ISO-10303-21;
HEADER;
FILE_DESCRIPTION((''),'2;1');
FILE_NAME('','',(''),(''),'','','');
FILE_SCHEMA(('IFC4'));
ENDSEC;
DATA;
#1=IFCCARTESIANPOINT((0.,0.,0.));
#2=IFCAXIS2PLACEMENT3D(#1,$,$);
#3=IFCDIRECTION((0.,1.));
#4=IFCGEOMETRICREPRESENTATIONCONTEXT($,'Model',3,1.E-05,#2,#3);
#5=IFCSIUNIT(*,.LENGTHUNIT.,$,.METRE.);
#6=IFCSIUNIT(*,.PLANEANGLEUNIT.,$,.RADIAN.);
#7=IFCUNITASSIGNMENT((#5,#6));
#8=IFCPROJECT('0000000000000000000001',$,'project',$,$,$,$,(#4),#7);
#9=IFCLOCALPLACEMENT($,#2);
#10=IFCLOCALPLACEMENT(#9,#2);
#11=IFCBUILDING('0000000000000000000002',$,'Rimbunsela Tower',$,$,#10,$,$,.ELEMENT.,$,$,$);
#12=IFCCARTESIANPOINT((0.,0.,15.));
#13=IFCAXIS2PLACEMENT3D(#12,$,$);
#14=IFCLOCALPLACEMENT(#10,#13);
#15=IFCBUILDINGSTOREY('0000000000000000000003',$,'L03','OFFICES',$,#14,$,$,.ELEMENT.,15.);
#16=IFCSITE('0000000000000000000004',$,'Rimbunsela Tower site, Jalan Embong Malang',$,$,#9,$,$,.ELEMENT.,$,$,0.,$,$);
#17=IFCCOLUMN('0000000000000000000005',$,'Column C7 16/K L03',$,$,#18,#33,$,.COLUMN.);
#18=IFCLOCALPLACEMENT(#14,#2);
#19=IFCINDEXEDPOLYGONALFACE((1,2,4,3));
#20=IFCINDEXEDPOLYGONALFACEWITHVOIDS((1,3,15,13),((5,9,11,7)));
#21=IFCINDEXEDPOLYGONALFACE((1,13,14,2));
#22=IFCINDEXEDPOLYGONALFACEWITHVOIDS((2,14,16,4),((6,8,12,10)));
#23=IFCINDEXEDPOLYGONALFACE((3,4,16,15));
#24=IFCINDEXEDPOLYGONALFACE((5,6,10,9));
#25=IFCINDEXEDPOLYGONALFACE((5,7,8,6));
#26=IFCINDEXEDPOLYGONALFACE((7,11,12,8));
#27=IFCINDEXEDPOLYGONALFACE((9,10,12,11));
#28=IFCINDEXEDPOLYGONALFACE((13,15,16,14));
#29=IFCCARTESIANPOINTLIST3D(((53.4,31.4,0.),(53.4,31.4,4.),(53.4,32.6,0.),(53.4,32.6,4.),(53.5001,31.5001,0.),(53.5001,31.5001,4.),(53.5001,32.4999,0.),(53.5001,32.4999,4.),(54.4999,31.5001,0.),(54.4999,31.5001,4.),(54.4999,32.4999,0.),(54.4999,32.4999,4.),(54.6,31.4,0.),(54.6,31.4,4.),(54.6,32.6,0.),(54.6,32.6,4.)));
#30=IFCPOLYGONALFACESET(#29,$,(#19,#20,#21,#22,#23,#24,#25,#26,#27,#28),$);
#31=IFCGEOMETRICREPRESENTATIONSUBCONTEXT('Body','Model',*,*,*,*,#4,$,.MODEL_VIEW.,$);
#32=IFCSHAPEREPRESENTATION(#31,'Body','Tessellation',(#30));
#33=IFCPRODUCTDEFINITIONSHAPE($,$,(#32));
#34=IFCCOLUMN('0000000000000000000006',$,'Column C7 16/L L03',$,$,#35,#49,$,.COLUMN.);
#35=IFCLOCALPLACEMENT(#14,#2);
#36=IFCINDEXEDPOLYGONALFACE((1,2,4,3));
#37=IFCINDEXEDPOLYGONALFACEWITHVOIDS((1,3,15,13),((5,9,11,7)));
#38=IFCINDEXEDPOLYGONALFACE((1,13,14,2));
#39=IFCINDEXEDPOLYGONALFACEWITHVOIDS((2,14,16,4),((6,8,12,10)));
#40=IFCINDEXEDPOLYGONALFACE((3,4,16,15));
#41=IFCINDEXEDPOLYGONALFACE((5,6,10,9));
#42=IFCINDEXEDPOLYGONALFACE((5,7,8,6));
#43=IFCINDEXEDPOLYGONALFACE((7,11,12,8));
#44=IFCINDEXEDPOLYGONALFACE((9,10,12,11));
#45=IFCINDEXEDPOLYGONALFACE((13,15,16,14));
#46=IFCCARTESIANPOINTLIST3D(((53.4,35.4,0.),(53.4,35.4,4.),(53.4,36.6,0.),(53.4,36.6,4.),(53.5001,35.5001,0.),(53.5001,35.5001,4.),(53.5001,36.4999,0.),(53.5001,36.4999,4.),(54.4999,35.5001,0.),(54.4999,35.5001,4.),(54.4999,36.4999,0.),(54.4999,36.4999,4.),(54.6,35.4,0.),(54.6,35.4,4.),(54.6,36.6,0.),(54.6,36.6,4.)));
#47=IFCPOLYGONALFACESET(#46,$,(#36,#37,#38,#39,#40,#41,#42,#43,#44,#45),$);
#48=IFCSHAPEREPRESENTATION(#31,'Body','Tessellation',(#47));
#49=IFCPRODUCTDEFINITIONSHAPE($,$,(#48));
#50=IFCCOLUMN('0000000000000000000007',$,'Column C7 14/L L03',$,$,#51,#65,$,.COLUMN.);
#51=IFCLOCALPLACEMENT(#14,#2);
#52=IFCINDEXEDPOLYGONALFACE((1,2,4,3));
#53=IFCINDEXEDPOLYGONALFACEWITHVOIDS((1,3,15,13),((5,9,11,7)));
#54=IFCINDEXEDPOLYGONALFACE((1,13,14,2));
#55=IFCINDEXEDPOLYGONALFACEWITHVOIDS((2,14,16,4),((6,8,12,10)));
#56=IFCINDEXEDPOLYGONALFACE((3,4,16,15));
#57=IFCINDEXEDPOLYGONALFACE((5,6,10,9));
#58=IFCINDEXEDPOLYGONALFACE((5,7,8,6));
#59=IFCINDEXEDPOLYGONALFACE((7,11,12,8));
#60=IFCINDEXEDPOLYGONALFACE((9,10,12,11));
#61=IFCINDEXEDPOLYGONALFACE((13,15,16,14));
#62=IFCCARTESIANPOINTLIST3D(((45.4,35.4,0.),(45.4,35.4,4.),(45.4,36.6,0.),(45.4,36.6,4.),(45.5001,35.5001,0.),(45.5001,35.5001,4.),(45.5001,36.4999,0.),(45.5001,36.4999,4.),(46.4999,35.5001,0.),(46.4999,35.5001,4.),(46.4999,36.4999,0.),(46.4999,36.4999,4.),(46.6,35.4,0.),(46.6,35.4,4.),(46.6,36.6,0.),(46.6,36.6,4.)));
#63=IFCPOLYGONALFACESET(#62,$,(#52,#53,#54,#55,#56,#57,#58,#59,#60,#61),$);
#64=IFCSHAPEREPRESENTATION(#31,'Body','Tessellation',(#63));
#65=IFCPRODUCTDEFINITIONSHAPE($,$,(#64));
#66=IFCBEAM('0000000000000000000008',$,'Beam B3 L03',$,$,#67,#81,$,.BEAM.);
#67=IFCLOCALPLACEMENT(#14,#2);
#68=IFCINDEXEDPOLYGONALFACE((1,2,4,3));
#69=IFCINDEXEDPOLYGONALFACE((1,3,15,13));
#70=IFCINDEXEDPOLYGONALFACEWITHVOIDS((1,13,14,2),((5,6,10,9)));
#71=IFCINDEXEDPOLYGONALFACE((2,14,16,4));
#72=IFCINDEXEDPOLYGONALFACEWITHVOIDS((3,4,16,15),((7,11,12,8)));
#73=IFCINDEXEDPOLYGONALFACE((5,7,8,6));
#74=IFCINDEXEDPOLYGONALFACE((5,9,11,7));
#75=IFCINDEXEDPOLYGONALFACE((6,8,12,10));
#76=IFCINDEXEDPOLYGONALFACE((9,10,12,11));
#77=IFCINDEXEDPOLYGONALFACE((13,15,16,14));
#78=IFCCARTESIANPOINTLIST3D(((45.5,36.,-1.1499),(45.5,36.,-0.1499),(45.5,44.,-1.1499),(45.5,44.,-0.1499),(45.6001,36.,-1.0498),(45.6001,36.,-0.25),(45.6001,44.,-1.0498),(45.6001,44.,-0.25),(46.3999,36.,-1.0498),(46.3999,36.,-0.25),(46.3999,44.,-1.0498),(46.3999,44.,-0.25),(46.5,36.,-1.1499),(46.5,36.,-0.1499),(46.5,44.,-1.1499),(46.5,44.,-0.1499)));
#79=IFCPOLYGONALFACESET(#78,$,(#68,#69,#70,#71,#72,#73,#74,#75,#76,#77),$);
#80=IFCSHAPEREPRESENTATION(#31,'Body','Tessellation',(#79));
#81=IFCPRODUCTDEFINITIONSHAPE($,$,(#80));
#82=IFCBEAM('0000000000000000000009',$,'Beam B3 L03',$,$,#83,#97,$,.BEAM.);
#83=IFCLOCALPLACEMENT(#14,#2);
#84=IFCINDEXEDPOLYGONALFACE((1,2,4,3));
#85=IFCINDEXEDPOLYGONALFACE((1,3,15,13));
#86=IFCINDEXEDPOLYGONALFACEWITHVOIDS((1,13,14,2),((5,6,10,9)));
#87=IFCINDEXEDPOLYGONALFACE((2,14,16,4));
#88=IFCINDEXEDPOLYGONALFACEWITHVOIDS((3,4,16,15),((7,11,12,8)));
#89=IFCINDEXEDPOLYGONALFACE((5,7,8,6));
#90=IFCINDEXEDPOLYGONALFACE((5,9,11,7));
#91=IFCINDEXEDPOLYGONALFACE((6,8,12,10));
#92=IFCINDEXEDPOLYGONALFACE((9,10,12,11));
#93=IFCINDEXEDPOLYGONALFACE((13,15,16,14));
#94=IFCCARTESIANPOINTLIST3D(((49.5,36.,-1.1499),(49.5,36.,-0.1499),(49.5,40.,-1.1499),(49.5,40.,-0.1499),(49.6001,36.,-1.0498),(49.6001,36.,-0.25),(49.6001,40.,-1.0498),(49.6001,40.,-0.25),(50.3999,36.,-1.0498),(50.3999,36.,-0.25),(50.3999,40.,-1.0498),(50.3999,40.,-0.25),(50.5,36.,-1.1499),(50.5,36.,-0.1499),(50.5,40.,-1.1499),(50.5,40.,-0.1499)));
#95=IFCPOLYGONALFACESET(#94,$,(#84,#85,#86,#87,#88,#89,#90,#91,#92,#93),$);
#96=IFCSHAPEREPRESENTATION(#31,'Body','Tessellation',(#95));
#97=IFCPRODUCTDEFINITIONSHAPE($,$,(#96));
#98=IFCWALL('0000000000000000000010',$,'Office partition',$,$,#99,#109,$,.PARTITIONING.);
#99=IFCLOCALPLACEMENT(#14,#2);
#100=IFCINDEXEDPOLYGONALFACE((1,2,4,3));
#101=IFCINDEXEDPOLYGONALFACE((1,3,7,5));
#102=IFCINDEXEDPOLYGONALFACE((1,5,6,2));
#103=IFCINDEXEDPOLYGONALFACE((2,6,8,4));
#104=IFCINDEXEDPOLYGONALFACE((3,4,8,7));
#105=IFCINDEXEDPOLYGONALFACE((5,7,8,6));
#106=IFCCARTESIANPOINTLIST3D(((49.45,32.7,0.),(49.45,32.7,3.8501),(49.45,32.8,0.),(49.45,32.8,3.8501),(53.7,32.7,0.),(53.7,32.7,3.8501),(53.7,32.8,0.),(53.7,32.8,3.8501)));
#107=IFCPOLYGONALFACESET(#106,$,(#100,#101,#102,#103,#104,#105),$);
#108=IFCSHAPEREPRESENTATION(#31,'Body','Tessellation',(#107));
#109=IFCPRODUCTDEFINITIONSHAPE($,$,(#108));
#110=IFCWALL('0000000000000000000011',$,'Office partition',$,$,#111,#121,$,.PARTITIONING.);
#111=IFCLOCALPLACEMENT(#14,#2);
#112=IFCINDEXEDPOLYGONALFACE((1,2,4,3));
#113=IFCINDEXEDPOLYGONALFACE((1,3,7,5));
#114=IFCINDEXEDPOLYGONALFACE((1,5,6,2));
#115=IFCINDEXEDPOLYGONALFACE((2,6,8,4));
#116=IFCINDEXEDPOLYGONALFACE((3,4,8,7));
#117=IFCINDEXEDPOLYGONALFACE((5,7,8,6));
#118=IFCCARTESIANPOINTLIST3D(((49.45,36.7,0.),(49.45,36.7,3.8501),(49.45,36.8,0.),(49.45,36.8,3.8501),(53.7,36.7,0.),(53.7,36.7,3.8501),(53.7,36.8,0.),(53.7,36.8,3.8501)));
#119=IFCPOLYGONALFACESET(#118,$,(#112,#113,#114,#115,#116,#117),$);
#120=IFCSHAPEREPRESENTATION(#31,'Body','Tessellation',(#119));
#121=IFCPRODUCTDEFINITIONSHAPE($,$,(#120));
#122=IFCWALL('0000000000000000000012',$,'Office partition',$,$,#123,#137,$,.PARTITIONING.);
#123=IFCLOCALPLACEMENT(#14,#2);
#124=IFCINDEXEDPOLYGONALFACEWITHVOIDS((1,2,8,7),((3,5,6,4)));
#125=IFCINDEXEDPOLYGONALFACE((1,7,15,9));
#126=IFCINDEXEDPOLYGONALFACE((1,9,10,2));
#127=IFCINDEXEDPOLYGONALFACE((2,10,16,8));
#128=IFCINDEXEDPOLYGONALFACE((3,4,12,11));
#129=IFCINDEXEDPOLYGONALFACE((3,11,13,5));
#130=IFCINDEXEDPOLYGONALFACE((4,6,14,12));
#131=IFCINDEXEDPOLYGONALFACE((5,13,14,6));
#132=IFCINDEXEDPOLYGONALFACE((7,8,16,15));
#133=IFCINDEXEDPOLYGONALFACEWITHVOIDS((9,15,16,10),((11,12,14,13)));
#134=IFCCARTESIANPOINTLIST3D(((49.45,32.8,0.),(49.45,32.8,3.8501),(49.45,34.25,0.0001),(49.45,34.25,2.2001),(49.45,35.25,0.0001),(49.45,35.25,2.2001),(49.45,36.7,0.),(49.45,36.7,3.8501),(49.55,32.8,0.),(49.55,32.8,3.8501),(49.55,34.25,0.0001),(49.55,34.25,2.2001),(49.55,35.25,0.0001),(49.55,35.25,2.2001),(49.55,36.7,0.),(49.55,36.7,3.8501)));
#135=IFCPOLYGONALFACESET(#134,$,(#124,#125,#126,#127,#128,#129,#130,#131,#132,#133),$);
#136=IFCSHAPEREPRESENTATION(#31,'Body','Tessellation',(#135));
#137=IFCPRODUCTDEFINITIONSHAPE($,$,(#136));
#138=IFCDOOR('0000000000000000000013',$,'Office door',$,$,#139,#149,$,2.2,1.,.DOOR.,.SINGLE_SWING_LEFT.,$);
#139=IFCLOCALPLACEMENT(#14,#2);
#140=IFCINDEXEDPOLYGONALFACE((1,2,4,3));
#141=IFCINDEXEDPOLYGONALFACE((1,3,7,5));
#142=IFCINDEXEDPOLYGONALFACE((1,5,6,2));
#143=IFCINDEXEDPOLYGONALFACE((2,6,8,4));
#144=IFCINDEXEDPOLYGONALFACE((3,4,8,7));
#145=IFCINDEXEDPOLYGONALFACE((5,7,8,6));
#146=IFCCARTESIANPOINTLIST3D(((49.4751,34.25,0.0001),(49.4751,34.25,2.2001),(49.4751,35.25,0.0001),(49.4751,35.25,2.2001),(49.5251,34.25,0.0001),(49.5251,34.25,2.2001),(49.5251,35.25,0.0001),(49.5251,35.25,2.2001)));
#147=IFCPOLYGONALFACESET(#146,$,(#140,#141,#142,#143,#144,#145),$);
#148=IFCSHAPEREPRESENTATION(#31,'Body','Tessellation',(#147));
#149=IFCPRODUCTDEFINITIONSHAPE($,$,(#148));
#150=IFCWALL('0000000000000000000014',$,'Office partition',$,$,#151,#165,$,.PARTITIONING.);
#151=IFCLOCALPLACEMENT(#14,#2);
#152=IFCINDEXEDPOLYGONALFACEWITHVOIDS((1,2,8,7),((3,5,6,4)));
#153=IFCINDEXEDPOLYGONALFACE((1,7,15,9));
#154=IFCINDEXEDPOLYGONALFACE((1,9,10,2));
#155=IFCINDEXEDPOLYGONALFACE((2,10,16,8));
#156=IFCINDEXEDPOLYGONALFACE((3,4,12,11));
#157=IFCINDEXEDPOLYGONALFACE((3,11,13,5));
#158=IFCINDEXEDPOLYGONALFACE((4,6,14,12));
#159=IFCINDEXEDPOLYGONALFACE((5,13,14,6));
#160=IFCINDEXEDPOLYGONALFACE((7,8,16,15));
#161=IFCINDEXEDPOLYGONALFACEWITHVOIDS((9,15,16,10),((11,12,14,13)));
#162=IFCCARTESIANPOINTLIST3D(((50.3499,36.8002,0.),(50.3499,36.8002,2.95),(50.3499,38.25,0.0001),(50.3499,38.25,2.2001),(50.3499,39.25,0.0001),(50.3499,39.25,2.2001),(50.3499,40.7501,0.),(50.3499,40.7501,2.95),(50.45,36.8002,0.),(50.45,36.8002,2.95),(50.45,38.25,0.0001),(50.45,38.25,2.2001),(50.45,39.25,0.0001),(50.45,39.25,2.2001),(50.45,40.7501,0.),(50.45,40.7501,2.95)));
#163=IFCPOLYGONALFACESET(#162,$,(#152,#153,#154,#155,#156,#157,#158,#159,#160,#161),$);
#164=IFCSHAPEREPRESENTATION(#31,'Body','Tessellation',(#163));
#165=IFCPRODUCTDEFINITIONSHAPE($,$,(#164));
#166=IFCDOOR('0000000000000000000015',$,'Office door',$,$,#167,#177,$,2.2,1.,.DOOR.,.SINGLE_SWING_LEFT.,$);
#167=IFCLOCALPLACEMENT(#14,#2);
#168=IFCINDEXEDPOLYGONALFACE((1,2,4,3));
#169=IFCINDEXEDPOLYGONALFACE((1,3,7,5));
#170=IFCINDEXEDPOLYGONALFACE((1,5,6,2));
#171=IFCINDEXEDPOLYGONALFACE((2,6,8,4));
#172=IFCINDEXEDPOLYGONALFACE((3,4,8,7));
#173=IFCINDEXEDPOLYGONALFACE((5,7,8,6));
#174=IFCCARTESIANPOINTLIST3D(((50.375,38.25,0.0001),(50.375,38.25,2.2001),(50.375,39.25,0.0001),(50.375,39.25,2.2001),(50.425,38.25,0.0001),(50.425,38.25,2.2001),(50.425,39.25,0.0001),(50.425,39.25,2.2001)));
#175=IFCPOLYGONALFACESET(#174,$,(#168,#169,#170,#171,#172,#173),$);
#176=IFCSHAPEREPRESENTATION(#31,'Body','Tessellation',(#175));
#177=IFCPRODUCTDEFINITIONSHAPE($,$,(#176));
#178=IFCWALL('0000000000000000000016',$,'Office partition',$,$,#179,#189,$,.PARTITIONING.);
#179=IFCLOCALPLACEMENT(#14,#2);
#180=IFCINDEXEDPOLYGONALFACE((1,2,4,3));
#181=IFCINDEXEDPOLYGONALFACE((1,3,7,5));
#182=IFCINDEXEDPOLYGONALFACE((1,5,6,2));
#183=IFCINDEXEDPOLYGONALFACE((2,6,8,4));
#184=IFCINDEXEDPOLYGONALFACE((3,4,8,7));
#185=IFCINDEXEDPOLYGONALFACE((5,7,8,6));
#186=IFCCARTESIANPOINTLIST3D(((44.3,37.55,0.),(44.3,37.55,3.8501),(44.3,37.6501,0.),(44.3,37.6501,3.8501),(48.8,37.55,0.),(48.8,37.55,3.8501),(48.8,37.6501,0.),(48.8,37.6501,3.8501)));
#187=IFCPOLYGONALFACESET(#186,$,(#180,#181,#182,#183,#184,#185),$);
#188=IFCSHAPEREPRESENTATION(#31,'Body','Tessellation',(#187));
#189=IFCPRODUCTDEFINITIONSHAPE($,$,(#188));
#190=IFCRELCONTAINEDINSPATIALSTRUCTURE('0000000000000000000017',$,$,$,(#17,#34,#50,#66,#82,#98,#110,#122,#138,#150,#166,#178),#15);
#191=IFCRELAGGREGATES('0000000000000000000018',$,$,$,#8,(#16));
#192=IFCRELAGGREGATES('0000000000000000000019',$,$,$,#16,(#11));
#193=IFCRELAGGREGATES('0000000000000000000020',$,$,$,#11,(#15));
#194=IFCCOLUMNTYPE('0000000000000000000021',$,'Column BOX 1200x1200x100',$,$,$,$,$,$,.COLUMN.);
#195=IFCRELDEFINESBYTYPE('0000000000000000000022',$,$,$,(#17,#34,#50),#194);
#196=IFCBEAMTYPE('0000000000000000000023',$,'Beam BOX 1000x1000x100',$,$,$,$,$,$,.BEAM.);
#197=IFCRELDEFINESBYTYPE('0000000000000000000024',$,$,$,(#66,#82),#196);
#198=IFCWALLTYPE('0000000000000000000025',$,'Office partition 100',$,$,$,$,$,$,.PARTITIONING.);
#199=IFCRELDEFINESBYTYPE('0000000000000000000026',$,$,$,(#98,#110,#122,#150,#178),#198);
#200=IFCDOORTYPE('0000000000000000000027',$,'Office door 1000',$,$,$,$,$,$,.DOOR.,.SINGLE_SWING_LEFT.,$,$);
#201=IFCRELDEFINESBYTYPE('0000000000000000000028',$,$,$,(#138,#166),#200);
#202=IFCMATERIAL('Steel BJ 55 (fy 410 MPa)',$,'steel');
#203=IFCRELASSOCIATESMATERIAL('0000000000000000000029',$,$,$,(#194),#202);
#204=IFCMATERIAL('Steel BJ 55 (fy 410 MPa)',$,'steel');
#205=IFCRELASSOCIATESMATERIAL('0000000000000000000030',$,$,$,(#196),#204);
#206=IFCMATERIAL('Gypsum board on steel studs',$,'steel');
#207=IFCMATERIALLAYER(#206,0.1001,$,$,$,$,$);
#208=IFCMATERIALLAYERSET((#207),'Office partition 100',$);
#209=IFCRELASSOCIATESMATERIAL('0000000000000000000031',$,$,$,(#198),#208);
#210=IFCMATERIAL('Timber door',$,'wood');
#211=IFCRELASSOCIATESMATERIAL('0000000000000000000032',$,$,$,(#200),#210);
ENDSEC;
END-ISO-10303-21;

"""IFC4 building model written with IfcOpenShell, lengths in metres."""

from ifc_helpers import new_model, si_unit, direction, frame, frame_2d, origin, origin_2d, place, context, subcontext, project, spatial, rectangle, hollow_rectangle, extrude, material, layer, layer_set, material_profile, profile_set, type_object, element, fill, save


model = new_model("IFC4")

# Units and contexts
model_context = context("Model", 3, precision=1e-05, world=origin(), true_north=direction((0.0, 1.0)))
body_context = subcontext(model_context, "Body", "Model", "MODEL_VIEW")
ifc_project = project(units=[si_unit("LENGTHUNIT", "METRE"), si_unit("PLANEANGLEUNIT", "RADIAN")], contexts=[model_context])

# Site, building, storey
site_placement = place(None, origin())
site = spatial("IfcSite", under=ifc_project, at=site_placement, Name="Rimbunsela Tower site, Jalan Embong Malang", CompositionType="ELEMENT", RefElevation=0.0)
building_placement = place(site_placement, origin())
building = spatial("IfcBuilding", under=site, at=building_placement, Name="Rimbunsela Tower", CompositionType="ELEMENT")
storey_placement = place(building_placement, frame((0.0, 0.0, 15.0)))
storey = spatial("IfcBuildingStorey", under=building, at=storey_placement, Name="L03", Description="OFFICES", CompositionType="ELEMENT", Elevation=15.0)

# Columns
ifc_material_1 = material(Name="Steel BJ 55 (fy 410 MPa)", Category="steel")
ifc_material_profile_1 = material_profile(ifc_material_1, hollow_rectangle(XDim=1.2, YDim=1.2, WallThickness=0.1001, at=origin_2d()), Name="BOX 1200x1200x100")
ifc_profile_set_1 = profile_set([ifc_material_profile_1], Name="Steel BJ 55 (fy 410 MPa)")
column_type = type_object("IfcColumnType", Name="Column BOX 1200x1200x100", PredefinedType="COLUMN", material=ifc_profile_set_1)
for number, where, z_axis, x_axis, name in (
    (1, (54.0, 32.0, 0.0), (0.0, 0.0, 1.0), (1.0, 0.0, 0.0), "Column C7 16/K L03"),
    (2, (54.0, 36.0, 0.0), (0.0, 0.0, 1.0), (1.0, 0.0, 0.0), "Column C7 16/L L03"),
    (3, (46.0, 36.0, 0.0), (0.0, 0.0, 1.0), (1.0, 0.0, 0.0), "Column C7 14/L L03"),
):
    element("IfcColumn", number, at=place(storey_placement, frame(where, z_axis=z_axis, x_axis=x_axis)), inside=storey, type_object=column_type, Name=name, PredefinedType="COLUMN", context=body_context, shape_type="SweptSolid", body=[
        extrude(hollow_rectangle(XDim=1.2, YDim=1.2, WallThickness=0.1001, at=origin_2d()), origin(), (0.0, 0.0, 1.0), 4.0),
    ])

# Beams
ifc_material_2 = material(Name="Steel BJ 55 (fy 410 MPa)", Category="steel")
ifc_material_profile_2 = material_profile(ifc_material_2, hollow_rectangle(XDim=1.0, YDim=1.0, WallThickness=0.1001, at=origin_2d()), Name="BOX 1000x1000x100")
ifc_profile_set_2 = profile_set([ifc_material_profile_2], Name="Steel BJ 55 (fy 410 MPa)")
beam_type = type_object("IfcBeamType", Name="Beam BOX 1000x1000x100", PredefinedType="BEAM", material=ifc_profile_set_2)
beam_1_placement = place(storey_placement, frame((46.0, 36.0, -0.6499), z_axis=(0.0, 1.0, 0.0), x_axis=(-1.0, 0.0, 0.0)))
element("IfcBeam", 4, at=beam_1_placement, inside=storey, type_object=beam_type, Name="Beam B3 L03", PredefinedType="BEAM", context=body_context, shape_type="SweptSolid", body=[
    extrude(hollow_rectangle(XDim=1.0, YDim=1.0, WallThickness=0.1001, at=origin_2d()), origin(), (0.0, 0.0, 1.0), 8.0),
])
beam_2_placement = place(storey_placement, frame((50.0, 36.0, -0.6499), z_axis=(0.0, 1.0, 0.0), x_axis=(-1.0, 0.0, 0.0)))
element("IfcBeam", 5, at=beam_2_placement, inside=storey, type_object=beam_type, Name="Beam B3 L03", PredefinedType="BEAM", context=body_context, shape_type="SweptSolid", body=[
    extrude(hollow_rectangle(XDim=1.0, YDim=1.0, WallThickness=0.1001, at=origin_2d()), origin(), (0.0, 0.0, 1.0), 4.0),
])

# Walls
ifc_material_3 = material(Name="Gypsum board on steel studs", Category="steel")
ifc_layer_1 = layer(ifc_material_3, 0.1001)
ifc_layer_set_1 = layer_set([ifc_layer_1], Name="Office partition 100")
wall_type_1 = type_object("IfcWallType", Name="Office partition 100", PredefinedType="PARTITIONING", material=ifc_layer_set_1)
for number, where, z_axis, x_axis, name in (
    (6, (49.45, 32.75, 0.0), (0.0, 0.0, 1.0), (1.0, 0.0, 0.0), "Office partition"),
    (7, (49.45, 36.75, 0.0), (0.0, 0.0, 1.0), (1.0, 0.0, 0.0), "Office partition"),
):
    element("IfcWall", number, at=place(storey_placement, frame(where, z_axis=z_axis, x_axis=x_axis)), inside=storey, type_object=wall_type_1, Name=name, PredefinedType="PARTITIONING", context=body_context, shape_type="SweptSolid", body=[
        extrude(rectangle(XDim=4.25, YDim=0.1001, at=frame_2d((2.125, 0.0))), origin(), (0.0, 0.0, 1.0), 3.8501),
    ])

# Walls, openings, doors
wall_1_placement = place(storey_placement, frame((49.5, 32.8, 0.0), z_axis=(0.0, 0.0, 1.0), x_axis=(0.0, 1.0, 0.0)))
wall_1 = element("IfcWall", 8, at=wall_1_placement, inside=storey, type_object=wall_type_1, Name="Office partition", PredefinedType="PARTITIONING", context=body_context, shape_type="SweptSolid", body=[
    extrude(rectangle(XDim=3.8999, YDim=0.1001, at=frame_2d((1.95, 0.0))), origin(), (0.0, 0.0, 1.0), 3.8501),
])
opening_1_placement = place(wall_1_placement, frame((1.45, 0.0, 0.0)))
opening_1 = element("IfcOpeningElement", 9, at=opening_1_placement, cuts=wall_1, PredefinedType="OPENING", context=body_context, shape_type="SweptSolid", body=[
    extrude(rectangle(XDim=1.0, YDim=2.2, at=frame_2d((0.5, 1.1001))), frame((0.0, 0.0601, 0.0), z_axis=(0.0, -1.0, 0.0), x_axis=(1.0, 0.0, 0.0)), (0.0, 0.0, 1.0), 0.1201),
])
ifc_material_4 = material(Name="Timber door", Category="wood")
door_type = type_object("IfcDoorType", Name="Office door 1000", OperationType="SINGLE_SWING_LEFT", PredefinedType="DOOR", material=ifc_material_4)
door_1_placement = place(opening_1_placement, origin())
door_1 = element("IfcDoor", 10, at=door_1_placement, inside=storey, type_object=door_type, Name="Office door", OperationType="SINGLE_SWING_LEFT", OverallHeight=2.2, OverallWidth=1.0, PredefinedType="DOOR", context=body_context, shape_type="SweptSolid", body=[
    extrude(rectangle(XDim=1.0, YDim=2.2, at=frame_2d((0.5, 1.1001))), frame((0.0, 0.0249, 0.0), z_axis=(0.0, -1.0, 0.0), x_axis=(1.0, 0.0, 0.0)), (0.0, 0.0, 1.0), 0.05),
])
fill(opening_1, door_1)
wall_2_placement = place(storey_placement, frame((50.3999, 36.8, 0.0), z_axis=(0.0, 0.0, 1.0), x_axis=(0.0, 1.0, 0.0)))
wall_2 = element("IfcWall", 11, at=wall_2_placement, inside=storey, type_object=wall_type_1, Name="Office partition", PredefinedType="PARTITIONING", context=body_context, shape_type="SweptSolid", body=[
    extrude(rectangle(XDim=3.95, YDim=0.1001, at=frame_2d((1.9751, 0.0))), origin(), (0.0, 0.0, 1.0), 2.95),
])
opening_2_placement = place(wall_2_placement, frame((1.45, 0.0, 0.0)))
opening_2 = element("IfcOpeningElement", 12, at=opening_2_placement, cuts=wall_2, PredefinedType="OPENING", context=body_context, shape_type="SweptSolid", body=[
    extrude(rectangle(XDim=1.0, YDim=2.2, at=frame_2d((0.5, 1.1001))), frame((0.0, 0.0601, 0.0), z_axis=(0.0, -1.0, 0.0), x_axis=(1.0, 0.0, 0.0)), (0.0, 0.0, 1.0), 0.1201),
])
door_2_placement = place(opening_2_placement, origin())
door_2 = element("IfcDoor", 13, at=door_2_placement, inside=storey, type_object=door_type, Name="Office door", OperationType="SINGLE_SWING_LEFT", OverallHeight=2.2, OverallWidth=1.0, PredefinedType="DOOR", context=body_context, shape_type="SweptSolid", body=[
    extrude(rectangle(XDim=1.0, YDim=2.2, at=frame_2d((0.5, 1.1001))), frame((0.0, 0.0249, 0.0), z_axis=(0.0, -1.0, 0.0), x_axis=(1.0, 0.0, 0.0)), (0.0, 0.0, 1.0), 0.05),
])
fill(opening_2, door_2)

# Wall
wall_3_placement = place(storey_placement, frame((44.3, 37.6001, 0.0), z_axis=(0.0, 0.0, 1.0), x_axis=(1.0, 0.0, 0.0)))
element("IfcWall", 14, at=wall_3_placement, inside=storey, type_object=wall_type_1, Name="Office partition", PredefinedType="PARTITIONING", context=body_context, shape_type="SweptSolid", body=[
    extrude(rectangle(XDim=4.5, YDim=0.1001, at=frame_2d((2.25, 0.0))), origin(), (0.0, 0.0, 1.0), 3.8501),
])

save(model, "model.ifc")
